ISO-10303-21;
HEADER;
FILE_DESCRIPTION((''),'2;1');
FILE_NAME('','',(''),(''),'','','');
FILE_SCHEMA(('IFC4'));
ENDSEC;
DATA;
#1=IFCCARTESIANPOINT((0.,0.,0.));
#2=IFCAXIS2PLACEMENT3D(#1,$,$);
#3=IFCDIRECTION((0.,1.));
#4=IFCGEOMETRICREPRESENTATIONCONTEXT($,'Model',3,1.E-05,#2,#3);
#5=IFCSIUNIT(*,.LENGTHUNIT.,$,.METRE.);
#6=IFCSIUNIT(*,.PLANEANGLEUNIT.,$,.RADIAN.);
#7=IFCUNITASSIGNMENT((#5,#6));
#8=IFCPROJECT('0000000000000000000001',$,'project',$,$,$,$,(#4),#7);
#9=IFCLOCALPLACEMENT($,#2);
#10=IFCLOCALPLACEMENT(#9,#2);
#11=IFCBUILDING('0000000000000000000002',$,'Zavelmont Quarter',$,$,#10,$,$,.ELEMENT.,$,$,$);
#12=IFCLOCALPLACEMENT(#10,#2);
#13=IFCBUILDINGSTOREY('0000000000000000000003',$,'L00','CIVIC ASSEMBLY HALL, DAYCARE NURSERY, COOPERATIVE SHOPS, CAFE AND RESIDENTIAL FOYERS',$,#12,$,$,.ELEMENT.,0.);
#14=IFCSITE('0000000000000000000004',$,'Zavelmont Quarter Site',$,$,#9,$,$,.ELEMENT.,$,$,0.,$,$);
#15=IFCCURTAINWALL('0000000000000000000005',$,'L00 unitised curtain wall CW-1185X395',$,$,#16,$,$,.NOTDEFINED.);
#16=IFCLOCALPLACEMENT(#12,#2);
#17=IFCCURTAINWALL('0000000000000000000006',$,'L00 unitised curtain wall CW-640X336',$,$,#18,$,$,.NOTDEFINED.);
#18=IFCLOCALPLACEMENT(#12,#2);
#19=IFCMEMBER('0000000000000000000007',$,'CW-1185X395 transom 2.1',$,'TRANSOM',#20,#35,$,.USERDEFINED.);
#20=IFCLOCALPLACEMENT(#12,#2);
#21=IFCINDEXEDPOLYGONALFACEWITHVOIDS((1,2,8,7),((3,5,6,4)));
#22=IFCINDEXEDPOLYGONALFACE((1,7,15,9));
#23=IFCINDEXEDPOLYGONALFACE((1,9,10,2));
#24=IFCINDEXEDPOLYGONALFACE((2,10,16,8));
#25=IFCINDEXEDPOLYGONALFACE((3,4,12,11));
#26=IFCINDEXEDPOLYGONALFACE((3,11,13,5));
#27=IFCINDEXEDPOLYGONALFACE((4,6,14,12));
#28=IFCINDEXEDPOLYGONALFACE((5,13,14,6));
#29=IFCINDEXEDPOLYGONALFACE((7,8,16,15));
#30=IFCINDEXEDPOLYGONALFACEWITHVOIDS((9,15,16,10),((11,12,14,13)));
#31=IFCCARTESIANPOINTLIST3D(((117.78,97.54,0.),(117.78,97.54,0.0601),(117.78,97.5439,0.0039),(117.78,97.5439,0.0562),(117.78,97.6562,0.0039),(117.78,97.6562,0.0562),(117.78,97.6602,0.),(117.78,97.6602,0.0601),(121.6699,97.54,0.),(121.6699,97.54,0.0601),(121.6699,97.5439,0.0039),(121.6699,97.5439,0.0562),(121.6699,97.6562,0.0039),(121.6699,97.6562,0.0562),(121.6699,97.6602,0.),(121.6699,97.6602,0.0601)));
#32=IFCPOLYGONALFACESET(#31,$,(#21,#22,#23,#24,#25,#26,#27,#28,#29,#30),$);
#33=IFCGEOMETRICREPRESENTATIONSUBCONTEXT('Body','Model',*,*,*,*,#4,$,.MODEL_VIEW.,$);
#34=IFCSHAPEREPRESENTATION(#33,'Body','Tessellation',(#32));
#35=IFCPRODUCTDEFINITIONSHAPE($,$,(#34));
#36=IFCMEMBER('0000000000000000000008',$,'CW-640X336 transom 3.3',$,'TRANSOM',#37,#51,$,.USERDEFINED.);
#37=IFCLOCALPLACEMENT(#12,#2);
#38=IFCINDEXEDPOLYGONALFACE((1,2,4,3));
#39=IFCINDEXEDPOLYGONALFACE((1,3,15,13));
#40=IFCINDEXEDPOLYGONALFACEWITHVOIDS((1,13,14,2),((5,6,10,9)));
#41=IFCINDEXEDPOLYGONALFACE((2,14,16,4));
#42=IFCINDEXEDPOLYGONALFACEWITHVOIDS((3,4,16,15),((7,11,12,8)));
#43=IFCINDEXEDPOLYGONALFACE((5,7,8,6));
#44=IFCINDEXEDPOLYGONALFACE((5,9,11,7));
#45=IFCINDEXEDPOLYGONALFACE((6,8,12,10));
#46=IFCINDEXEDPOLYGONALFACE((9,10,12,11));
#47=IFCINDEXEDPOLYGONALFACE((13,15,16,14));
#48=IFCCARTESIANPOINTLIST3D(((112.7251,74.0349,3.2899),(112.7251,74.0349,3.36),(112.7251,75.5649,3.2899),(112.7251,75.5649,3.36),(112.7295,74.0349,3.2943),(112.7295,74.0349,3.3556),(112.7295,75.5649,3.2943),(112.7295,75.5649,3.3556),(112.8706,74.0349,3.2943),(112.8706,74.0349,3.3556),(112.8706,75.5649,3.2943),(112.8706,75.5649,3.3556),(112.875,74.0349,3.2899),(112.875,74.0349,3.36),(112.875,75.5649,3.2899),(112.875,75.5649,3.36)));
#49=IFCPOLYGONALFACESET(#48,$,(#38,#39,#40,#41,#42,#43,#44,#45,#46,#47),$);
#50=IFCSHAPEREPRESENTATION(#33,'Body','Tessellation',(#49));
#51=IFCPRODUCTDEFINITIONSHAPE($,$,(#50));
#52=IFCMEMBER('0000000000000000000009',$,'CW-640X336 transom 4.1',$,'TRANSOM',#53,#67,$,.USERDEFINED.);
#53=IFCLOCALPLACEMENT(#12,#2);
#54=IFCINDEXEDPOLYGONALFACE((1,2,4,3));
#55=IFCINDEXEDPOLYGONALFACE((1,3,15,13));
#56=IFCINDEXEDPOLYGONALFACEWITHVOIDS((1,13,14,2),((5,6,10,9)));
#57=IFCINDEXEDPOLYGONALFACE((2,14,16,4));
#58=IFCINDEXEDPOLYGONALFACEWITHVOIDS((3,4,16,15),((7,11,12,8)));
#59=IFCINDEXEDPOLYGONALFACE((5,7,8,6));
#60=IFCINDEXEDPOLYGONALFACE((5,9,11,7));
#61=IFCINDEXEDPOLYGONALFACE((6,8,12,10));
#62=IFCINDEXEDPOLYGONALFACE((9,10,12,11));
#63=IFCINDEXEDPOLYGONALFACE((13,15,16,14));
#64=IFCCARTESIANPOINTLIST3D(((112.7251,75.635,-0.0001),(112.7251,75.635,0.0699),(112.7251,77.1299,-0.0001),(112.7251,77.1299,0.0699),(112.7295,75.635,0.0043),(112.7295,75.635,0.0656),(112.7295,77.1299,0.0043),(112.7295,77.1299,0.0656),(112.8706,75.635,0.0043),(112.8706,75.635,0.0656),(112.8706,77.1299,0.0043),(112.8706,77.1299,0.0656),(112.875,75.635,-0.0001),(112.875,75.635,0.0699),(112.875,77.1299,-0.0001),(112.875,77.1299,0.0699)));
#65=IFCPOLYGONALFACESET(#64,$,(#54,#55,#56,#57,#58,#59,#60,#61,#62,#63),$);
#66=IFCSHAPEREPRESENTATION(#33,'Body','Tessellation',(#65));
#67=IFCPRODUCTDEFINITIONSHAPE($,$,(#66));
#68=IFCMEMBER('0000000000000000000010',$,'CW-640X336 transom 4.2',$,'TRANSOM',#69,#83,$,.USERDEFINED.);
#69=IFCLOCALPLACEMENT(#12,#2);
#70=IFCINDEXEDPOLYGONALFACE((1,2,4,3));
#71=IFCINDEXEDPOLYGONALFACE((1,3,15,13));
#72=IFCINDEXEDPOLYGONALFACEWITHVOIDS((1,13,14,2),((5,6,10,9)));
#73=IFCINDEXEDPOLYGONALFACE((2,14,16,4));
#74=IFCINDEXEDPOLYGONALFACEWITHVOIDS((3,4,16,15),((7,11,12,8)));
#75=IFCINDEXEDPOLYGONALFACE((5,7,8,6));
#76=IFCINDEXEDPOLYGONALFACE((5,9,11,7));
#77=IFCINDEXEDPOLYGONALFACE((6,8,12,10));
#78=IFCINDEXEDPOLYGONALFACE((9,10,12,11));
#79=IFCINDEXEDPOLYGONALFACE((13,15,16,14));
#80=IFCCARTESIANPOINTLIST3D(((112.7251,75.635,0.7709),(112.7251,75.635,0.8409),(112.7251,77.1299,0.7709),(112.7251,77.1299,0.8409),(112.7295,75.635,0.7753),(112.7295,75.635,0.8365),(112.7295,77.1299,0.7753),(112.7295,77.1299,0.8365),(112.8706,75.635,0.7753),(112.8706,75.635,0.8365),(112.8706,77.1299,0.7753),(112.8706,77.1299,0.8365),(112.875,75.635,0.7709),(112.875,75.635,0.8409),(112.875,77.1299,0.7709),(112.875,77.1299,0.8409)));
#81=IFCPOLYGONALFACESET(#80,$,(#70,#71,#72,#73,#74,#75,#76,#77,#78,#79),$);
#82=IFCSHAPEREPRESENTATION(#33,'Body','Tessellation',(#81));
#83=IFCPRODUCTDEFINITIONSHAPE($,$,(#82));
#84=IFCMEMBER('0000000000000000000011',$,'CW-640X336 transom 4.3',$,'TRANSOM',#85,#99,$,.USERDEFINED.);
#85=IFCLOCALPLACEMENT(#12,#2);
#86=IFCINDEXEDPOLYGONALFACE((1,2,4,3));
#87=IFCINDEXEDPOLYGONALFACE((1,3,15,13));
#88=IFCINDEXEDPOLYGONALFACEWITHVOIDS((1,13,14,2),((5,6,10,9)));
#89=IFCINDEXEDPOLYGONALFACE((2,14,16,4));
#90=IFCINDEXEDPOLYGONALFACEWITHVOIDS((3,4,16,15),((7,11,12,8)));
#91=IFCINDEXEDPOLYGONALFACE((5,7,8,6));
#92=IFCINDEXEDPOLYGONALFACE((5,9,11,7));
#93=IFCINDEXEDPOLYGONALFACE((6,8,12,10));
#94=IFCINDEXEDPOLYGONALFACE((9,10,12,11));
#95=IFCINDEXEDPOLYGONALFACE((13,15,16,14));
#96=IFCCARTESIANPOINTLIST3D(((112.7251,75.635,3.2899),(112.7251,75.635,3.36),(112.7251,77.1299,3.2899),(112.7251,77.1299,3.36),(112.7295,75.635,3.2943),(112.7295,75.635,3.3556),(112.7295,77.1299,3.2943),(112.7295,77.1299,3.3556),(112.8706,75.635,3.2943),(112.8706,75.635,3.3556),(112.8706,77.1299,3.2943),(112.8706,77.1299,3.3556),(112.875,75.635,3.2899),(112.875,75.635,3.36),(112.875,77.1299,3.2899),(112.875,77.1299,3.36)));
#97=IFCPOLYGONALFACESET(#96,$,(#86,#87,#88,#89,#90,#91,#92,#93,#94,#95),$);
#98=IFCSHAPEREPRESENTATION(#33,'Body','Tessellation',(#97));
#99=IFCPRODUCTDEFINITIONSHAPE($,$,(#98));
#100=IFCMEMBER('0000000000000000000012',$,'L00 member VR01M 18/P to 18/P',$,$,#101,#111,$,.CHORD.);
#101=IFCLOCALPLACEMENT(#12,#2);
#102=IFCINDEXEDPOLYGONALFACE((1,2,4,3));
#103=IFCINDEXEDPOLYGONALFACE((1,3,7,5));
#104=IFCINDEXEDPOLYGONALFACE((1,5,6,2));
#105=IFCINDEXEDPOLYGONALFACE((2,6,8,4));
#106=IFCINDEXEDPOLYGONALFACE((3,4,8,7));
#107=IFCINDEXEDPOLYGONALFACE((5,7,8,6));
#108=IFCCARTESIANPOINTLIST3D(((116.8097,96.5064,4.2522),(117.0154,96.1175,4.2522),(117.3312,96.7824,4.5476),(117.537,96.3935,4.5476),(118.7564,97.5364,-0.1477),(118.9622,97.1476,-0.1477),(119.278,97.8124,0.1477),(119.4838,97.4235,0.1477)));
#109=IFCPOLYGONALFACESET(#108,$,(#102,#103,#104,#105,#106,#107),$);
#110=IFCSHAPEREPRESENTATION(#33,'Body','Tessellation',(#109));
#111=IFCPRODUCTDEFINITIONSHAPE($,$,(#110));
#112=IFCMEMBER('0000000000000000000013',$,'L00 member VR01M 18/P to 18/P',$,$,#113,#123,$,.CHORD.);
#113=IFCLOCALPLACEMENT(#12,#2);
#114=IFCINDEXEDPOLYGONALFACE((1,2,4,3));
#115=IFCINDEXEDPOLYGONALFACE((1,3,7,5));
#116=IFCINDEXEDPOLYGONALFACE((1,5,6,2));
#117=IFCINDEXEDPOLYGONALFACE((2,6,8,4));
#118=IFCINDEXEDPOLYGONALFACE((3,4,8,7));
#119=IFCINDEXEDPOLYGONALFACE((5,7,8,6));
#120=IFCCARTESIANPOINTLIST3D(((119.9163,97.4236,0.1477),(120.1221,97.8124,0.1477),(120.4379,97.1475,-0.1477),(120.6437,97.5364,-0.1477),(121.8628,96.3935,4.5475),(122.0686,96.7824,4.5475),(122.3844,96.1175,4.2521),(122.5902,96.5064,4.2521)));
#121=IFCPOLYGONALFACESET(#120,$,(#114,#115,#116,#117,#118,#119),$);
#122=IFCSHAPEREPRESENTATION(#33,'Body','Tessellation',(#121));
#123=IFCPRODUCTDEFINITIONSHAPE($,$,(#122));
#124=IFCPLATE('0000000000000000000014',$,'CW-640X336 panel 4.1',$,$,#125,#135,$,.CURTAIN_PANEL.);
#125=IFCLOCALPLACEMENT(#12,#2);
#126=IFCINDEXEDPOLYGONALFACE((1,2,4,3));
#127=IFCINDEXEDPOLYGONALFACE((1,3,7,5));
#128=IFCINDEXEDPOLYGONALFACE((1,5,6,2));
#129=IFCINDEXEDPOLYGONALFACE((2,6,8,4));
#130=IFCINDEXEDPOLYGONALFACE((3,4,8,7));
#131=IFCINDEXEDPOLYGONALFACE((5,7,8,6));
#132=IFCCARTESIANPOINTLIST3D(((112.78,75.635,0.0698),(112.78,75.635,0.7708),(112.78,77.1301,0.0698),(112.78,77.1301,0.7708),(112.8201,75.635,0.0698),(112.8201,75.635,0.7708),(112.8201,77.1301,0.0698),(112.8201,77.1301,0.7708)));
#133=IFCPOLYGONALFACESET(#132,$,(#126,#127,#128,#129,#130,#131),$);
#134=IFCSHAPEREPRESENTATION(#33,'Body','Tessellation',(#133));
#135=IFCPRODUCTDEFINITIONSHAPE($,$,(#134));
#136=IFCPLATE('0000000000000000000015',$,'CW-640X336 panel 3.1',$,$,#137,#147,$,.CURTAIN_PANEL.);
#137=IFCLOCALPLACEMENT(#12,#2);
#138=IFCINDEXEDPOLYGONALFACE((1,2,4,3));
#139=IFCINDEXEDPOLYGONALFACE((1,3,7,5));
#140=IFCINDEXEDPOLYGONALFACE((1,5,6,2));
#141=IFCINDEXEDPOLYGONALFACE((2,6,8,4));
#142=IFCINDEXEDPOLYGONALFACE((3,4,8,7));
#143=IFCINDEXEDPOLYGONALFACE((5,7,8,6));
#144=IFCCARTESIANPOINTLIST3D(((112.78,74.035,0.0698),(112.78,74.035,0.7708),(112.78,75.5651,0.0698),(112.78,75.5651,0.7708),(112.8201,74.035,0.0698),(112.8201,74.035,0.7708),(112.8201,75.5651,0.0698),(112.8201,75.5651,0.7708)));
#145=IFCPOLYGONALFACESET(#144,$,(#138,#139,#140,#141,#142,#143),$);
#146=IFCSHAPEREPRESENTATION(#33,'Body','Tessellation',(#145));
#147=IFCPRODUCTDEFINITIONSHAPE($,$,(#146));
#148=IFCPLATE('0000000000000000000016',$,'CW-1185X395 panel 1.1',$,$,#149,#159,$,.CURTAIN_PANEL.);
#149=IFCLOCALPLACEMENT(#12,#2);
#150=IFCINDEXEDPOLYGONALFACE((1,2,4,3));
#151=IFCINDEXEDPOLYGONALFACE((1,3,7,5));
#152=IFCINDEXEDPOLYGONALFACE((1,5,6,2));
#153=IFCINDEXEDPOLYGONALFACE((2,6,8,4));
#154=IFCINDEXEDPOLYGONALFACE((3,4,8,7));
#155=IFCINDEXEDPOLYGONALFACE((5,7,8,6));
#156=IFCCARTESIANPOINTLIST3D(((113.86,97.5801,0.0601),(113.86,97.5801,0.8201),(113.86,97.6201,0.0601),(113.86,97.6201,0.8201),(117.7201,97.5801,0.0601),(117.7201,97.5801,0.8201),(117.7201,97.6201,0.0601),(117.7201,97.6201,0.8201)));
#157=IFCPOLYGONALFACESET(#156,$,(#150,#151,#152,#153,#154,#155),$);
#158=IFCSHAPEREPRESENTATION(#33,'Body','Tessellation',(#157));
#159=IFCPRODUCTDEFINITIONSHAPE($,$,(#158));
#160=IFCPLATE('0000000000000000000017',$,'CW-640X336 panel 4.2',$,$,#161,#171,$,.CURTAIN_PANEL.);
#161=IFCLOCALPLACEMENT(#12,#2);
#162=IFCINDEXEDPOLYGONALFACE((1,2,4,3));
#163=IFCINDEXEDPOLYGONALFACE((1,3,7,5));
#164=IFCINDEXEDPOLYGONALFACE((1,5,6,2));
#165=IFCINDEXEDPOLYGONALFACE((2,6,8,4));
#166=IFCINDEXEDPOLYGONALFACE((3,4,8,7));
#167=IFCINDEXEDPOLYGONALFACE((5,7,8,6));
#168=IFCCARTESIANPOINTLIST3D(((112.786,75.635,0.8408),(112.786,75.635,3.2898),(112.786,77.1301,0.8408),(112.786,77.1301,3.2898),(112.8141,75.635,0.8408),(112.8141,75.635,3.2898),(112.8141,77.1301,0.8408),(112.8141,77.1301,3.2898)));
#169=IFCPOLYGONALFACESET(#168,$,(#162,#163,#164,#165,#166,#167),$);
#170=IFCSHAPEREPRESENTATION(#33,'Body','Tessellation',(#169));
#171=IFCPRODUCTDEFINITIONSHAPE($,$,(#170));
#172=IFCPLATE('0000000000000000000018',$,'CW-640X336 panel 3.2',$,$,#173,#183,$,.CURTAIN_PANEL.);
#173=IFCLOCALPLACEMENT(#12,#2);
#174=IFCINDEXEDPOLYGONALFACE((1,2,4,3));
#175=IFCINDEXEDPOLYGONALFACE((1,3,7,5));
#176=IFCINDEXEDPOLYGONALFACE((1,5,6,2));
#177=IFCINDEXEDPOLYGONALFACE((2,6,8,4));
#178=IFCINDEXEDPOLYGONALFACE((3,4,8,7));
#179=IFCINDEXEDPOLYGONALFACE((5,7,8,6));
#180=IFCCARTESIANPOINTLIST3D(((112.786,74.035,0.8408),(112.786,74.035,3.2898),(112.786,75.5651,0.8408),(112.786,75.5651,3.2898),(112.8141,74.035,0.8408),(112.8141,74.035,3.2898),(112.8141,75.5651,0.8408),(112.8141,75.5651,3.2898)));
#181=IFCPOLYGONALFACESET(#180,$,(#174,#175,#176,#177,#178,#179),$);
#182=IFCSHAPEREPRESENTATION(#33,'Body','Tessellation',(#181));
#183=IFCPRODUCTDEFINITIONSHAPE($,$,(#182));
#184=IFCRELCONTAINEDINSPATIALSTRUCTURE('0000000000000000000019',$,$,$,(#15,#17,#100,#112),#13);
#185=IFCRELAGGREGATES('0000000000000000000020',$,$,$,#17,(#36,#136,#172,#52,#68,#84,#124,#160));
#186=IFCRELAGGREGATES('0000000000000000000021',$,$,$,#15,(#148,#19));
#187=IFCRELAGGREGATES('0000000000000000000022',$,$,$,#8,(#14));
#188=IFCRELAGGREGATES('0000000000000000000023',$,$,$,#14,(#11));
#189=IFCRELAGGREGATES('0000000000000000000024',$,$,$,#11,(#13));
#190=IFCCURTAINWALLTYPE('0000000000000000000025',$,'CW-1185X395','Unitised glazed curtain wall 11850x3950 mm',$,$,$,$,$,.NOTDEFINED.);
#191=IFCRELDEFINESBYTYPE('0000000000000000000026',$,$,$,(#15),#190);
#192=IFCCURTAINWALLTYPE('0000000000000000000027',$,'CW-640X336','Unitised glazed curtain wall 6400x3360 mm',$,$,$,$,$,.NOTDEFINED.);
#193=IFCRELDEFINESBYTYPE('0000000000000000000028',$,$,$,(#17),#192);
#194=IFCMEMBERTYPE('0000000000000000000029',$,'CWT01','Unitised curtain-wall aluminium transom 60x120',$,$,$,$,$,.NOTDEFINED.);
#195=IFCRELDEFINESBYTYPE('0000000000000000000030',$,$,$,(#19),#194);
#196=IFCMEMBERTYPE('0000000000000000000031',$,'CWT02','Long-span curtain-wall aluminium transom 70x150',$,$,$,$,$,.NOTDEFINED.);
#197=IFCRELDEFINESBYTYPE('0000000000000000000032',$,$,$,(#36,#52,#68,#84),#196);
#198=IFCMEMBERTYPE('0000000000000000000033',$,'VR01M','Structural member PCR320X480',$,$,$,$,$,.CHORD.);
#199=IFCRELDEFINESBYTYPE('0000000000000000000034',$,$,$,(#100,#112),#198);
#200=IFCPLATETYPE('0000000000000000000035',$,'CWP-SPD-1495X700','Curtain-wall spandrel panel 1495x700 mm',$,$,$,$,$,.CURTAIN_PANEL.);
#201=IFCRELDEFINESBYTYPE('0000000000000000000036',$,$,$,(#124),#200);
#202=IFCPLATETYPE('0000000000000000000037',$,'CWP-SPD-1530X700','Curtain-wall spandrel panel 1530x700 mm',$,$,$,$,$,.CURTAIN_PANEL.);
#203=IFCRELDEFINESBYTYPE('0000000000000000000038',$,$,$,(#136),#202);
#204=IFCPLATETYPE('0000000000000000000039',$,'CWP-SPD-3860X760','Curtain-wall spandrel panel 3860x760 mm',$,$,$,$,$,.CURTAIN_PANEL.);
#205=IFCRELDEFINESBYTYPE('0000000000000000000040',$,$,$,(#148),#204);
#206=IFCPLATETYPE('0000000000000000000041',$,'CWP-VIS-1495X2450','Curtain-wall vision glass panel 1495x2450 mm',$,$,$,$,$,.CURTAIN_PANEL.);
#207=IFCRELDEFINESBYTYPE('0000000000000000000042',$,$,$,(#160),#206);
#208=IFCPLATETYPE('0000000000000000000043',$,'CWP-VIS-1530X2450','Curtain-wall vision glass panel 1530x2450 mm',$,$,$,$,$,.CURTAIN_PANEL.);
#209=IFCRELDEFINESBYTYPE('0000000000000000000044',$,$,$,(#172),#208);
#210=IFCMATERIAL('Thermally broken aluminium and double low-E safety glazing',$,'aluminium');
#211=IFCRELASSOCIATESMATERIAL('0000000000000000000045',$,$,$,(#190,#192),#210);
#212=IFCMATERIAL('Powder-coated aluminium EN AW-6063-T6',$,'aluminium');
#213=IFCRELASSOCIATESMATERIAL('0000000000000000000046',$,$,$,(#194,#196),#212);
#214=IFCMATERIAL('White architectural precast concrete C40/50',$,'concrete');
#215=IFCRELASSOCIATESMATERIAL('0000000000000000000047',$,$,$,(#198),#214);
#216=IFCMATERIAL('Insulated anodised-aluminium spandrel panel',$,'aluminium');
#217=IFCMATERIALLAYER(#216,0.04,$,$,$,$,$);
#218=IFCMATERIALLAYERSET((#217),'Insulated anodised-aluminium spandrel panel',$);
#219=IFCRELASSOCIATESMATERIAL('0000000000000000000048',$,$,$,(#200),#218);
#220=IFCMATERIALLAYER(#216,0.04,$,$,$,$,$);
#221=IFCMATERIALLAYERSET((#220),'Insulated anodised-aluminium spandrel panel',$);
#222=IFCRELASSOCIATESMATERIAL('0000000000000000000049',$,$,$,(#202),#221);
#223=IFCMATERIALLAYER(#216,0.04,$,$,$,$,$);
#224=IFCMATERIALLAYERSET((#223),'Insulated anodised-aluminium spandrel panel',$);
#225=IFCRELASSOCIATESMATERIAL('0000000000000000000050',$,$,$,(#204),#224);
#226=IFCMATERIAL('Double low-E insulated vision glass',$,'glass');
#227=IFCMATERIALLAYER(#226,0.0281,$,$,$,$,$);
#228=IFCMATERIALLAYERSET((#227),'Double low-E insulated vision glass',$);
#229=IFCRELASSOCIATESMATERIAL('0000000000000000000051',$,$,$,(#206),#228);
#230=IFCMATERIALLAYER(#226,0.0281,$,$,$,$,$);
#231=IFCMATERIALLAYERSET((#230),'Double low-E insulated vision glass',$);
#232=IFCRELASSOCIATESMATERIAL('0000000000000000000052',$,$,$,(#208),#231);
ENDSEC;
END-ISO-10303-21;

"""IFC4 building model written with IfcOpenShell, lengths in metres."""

from ifc_helpers import new_model, si_unit, direction, frame, origin, origin_2d, place, context, subcontext, project, spatial, rectangle, hollow_rectangle, extrude, material, layer, layer_set, material_profile, profile_set, type_object, element, aggregate, save


model = new_model("IFC4")

# Units and contexts
model_context = context("Model", 3, precision=1e-05, world=origin(), true_north=direction((0.0, 1.0)))
body_context = subcontext(model_context, "Body", "Model", "MODEL_VIEW")
ifc_project = project(units=[si_unit("LENGTHUNIT", "METRE"), si_unit("PLANEANGLEUNIT", "RADIAN")], contexts=[model_context])

# Site, building, storey
site_placement = place(None, origin())
site = spatial("IfcSite", under=ifc_project, at=site_placement, Name="Zavelmont Quarter Site", CompositionType="ELEMENT", RefElevation=0.0)
building_placement = place(site_placement, origin())
building = spatial("IfcBuilding", under=site, at=building_placement, Name="Zavelmont Quarter", CompositionType="ELEMENT")
storey_placement = place(building_placement, origin())
storey = spatial("IfcBuildingStorey", under=building, at=storey_placement, Name="L00", Description="CIVIC ASSEMBLY HALL, DAYCARE NURSERY, COOPERATIVE SHOPS, CAFE AND RESIDENTIAL FOYERS", CompositionType="ELEMENT", Elevation=0.0)

# Curtain walls
ifc_material_1 = material(Name="Thermally broken aluminium and double low-E safety glazing", Category="aluminium")
curtain_wall_type_1 = type_object("IfcCurtainWallType", Name="CW-1185X395", Description="Unitised glazed curtain wall 11850x3950 mm", PredefinedType="NOTDEFINED", material=ifc_material_1)
curtain_wall_1_placement = place(storey_placement, origin())
curtain_wall_1 = element("IfcCurtainWall", 1, at=curtain_wall_1_placement, inside=storey, type_object=curtain_wall_type_1, Name="L00 unitised curtain wall CW-1185X395", PredefinedType="NOTDEFINED")
ifc_material_2 = material(Name="Powder-coated aluminium EN AW-6063-T6", Category="aluminium")
curtain_wall_type_2 = type_object("IfcCurtainWallType", Name="CW-640X336", Description="Unitised glazed curtain wall 6400x3360 mm", PredefinedType="NOTDEFINED", material=ifc_material_1)
curtain_wall_2_placement = place(storey_placement, origin())
curtain_wall_2 = element("IfcCurtainWall", 2, at=curtain_wall_2_placement, inside=storey, type_object=curtain_wall_type_2, Name="L00 unitised curtain wall CW-640X336", PredefinedType="NOTDEFINED")

# Members
ifc_material_profile_1 = material_profile(ifc_material_2, hollow_rectangle(XDim=0.1201, YDim=0.0601, WallThickness=0.0039, at=origin_2d()), Name="CWT60X120")
ifc_profile_set_1 = profile_set([ifc_material_profile_1], Name="Powder-coated aluminium EN AW-6063-T6")
member_type_1 = type_object("IfcMemberType", Name="CWT01", Description="Unitised curtain-wall aluminium transom 60x120", PredefinedType="NOTDEFINED", material=ifc_profile_set_1)
member_1_placement = place(storey_placement, frame((117.78, 97.6001, 0.03), z_axis=(1.0, 0.0, 0.0), x_axis=(0.0, 1.0, 0.0)))
member_1 = element("IfcMember", 3, at=member_1_placement, type_object=member_type_1, Name="CW-1185X395 transom 2.1", ObjectType="TRANSOM", PredefinedType="USERDEFINED", context=body_context, shape_type="SweptSolid", body=[
    extrude(hollow_rectangle(XDim=0.1201, YDim=0.0601, WallThickness=0.0039, at=origin_2d()), origin(), (0.0, 0.0, 1.0), 3.8899),
])
ifc_material_profile_2 = material_profile(ifc_material_2, hollow_rectangle(XDim=0.1499, YDim=0.0701, WallThickness=0.0044, at=origin_2d()), Name="CWT70X150")
ifc_profile_set_2 = profile_set([ifc_material_profile_2], Name="Powder-coated aluminium EN AW-6063-T6")
member_type_2 = type_object("IfcMemberType", Name="CWT02", Description="Long-span curtain-wall aluminium transom 70x150", PredefinedType="NOTDEFINED", material=ifc_profile_set_2)
member_2_placement = place(storey_placement, frame((112.8, 74.0349, 3.325), z_axis=(0.0, 1.0, 0.0), x_axis=(-1.0, 0.0, 0.0)))
member_2 = element("IfcMember", 4, at=member_2_placement, type_object=member_type_2, Name="CW-640X336 transom 3.3", ObjectType="TRANSOM", PredefinedType="USERDEFINED", context=body_context, shape_type="SweptSolid", body=[
    extrude(hollow_rectangle(XDim=0.1499, YDim=0.0701, WallThickness=0.0044, at=origin_2d()), origin(), (0.0, 0.0, 1.0), 1.53),
])
member_3_placement = place(storey_placement, frame((112.8, 75.635, 0.0349), z_axis=(0.0, 1.0, 0.0), x_axis=(-1.0, 0.0, 0.0)))
member_3 = element("IfcMember", 5, at=member_3_placement, type_object=member_type_2, Name="CW-640X336 transom 4.1", ObjectType="TRANSOM", PredefinedType="USERDEFINED", context=body_context, shape_type="SweptSolid", body=[
    extrude(hollow_rectangle(XDim=0.1499, YDim=0.0701, WallThickness=0.0044, at=origin_2d()), origin(), (0.0, 0.0, 1.0), 1.4949),
])
member_4_placement = place(storey_placement, frame((112.8, 75.635, 0.8059), z_axis=(0.0, 1.0, 0.0), x_axis=(-1.0, 0.0, 0.0)))
member_4 = element("IfcMember", 6, at=member_4_placement, type_object=member_type_2, Name="CW-640X336 transom 4.2", ObjectType="TRANSOM", PredefinedType="USERDEFINED", context=body_context, shape_type="SweptSolid", body=[
    extrude(hollow_rectangle(XDim=0.1499, YDim=0.0701, WallThickness=0.0044, at=origin_2d()), origin(), (0.0, 0.0, 1.0), 1.4949),
])
member_5_placement = place(storey_placement, frame((112.8, 75.635, 3.325), z_axis=(0.0, 1.0, 0.0), x_axis=(-1.0, 0.0, 0.0)))
member_5 = element("IfcMember", 7, at=member_5_placement, type_object=member_type_2, Name="CW-640X336 transom 4.3", ObjectType="TRANSOM", PredefinedType="USERDEFINED", context=body_context, shape_type="SweptSolid", body=[
    extrude(hollow_rectangle(XDim=0.1499, YDim=0.0701, WallThickness=0.0044, at=origin_2d()), origin(), (0.0, 0.0, 1.0), 1.4949),
])

# Members
ifc_material_3 = material(Name="White architectural precast concrete C40/50", Category="concrete")
ifc_material_profile_3 = material_profile(ifc_material_3, rectangle(XDim=0.4399, YDim=0.6599, at=origin_2d()), Name="PCR320X480")
ifc_profile_set_3 = profile_set([ifc_material_profile_3], Name="White architectural precast concrete C40/50")
member_type_3 = type_object("IfcMemberType", Name="VR01M", Description="Structural member PCR320X480", PredefinedType="CHORD", material=ifc_profile_set_3)
member_6_placement = place(storey_placement, frame((119.1201, 97.48, 0.0), z_axis=(-0.395657, -0.20934, 0.894222), x_axis=(0.467669, -0.883904, 0.0)))
element("IfcMember", 8, at=member_6_placement, inside=storey, type_object=member_type_3, Name="L00 member VR01M 18/P to 18/P", PredefinedType="CHORD", context=body_context, shape_type="SweptSolid", body=[
    extrude(rectangle(XDim=0.4399, YDim=0.6599, at=origin_2d()), origin(), (0.0, 0.0, 1.0), 4.9204),
])
member_7_placement = place(storey_placement, frame((120.28, 97.48, 0.0), z_axis=(0.395615, -0.209344, 0.894239), x_axis=(0.467715, 0.88388, 0.0)))
element("IfcMember", 9, at=member_7_placement, inside=storey, type_object=member_type_3, Name="L00 member VR01M 18/P to 18/P", PredefinedType="CHORD", context=body_context, shape_type="SweptSolid", body=[
    extrude(rectangle(XDim=0.4399, YDim=0.6599, at=origin_2d()), origin(), (0.0, 0.0, 1.0), 4.9202),
])

# Plates
ifc_material_4 = material(Name="Insulated anodised-aluminium spandrel panel", Category="aluminium")
ifc_layer_1 = layer(ifc_material_4, 0.04)
ifc_layer_set_1 = layer_set([ifc_layer_1], Name="Insulated anodised-aluminium spandrel panel")
plate_type_1 = type_object("IfcPlateType", Name="CWP-SPD-1495X700", Description="Curtain-wall spandrel panel 1495x700 mm", PredefinedType="CURTAIN_PANEL", material=ifc_layer_set_1)
plate_1_placement = place(storey_placement, frame((112.8, 76.3826, 0.0698), z_axis=(0.0, 0.0, 1.0), x_axis=(0.0, 1.0, 0.0)))
plate_1 = element("IfcPlate", 10, at=plate_1_placement, type_object=plate_type_1, Name="CW-640X336 panel 4.1", PredefinedType="CURTAIN_PANEL", context=body_context, shape_type="SweptSolid", body=[
    extrude(rectangle(XDim=1.4951, YDim=0.04, at=origin_2d()), origin(), (0.0, 0.0, 1.0), 0.7009),
])
ifc_layer_2 = layer(ifc_material_4, 0.04)
ifc_layer_set_2 = layer_set([ifc_layer_2], Name="Insulated anodised-aluminium spandrel panel")
plate_type_2 = type_object("IfcPlateType", Name="CWP-SPD-1530X700", Description="Curtain-wall spandrel panel 1530x700 mm", PredefinedType="CURTAIN_PANEL", material=ifc_layer_set_2)
plate_2_placement = place(storey_placement, frame((112.8, 74.8, 0.0698), z_axis=(0.0, 0.0, 1.0), x_axis=(0.0, 1.0, 0.0)))
plate_2 = element("IfcPlate", 11, at=plate_2_placement, type_object=plate_type_2, Name="CW-640X336 panel 3.1", PredefinedType="CURTAIN_PANEL", context=body_context, shape_type="SweptSolid", body=[
    extrude(rectangle(XDim=1.53, YDim=0.04, at=origin_2d()), origin(), (0.0, 0.0, 1.0), 0.7009),
])
ifc_layer_3 = layer(ifc_material_4, 0.04)
ifc_layer_set_3 = layer_set([ifc_layer_3], Name="Insulated anodised-aluminium spandrel panel")
plate_type_3 = type_object("IfcPlateType", Name="CWP-SPD-3860X760", Description="Curtain-wall spandrel panel 3860x760 mm", PredefinedType="CURTAIN_PANEL", material=ifc_layer_set_3)
plate_3_placement = place(storey_placement, frame((115.79, 97.6001, 0.0601), z_axis=(0.0, 0.0, 1.0), x_axis=(1.0, 0.0, 0.0)))
plate_3 = element("IfcPlate", 12, at=plate_3_placement, type_object=plate_type_3, Name="CW-1185X395 panel 1.1", PredefinedType="CURTAIN_PANEL", context=body_context, shape_type="SweptSolid", body=[
    extrude(rectangle(XDim=3.8601, YDim=0.04, at=origin_2d()), origin(), (0.0, 0.0, 1.0), 0.76),
])
ifc_material_5 = material(Name="Double low-E insulated vision glass", Category="glass")
ifc_layer_4 = layer(ifc_material_5, 0.0281)
ifc_layer_set_4 = layer_set([ifc_layer_4], Name="Double low-E insulated vision glass")
plate_type_4 = type_object("IfcPlateType", Name="CWP-VIS-1495X2450", Description="Curtain-wall vision glass panel 1495x2450 mm", PredefinedType="CURTAIN_PANEL", material=ifc_layer_set_4)
plate_4_placement = place(storey_placement, frame((112.8, 76.3826, 0.8408), z_axis=(0.0, 0.0, 1.0), x_axis=(0.0, 1.0, 0.0)))
plate_4 = element("IfcPlate", 13, at=plate_4_placement, type_object=plate_type_4, Name="CW-640X336 panel 4.2", PredefinedType="CURTAIN_PANEL", context=body_context, shape_type="SweptSolid", body=[
    extrude(rectangle(XDim=1.4951, YDim=0.0281, at=origin_2d()), origin(), (0.0, 0.0, 1.0), 2.449),
])
ifc_layer_5 = layer(ifc_material_5, 0.0281)
ifc_layer_set_5 = layer_set([ifc_layer_5], Name="Double low-E insulated vision glass")
plate_type_5 = type_object("IfcPlateType", Name="CWP-VIS-1530X2450", Description="Curtain-wall vision glass panel 1530x2450 mm", PredefinedType="CURTAIN_PANEL", material=ifc_layer_set_5)
plate_5_placement = place(storey_placement, frame((112.8, 74.8, 0.8408), z_axis=(0.0, 0.0, 1.0), x_axis=(0.0, 1.0, 0.0)))
plate_5 = element("IfcPlate", 14, at=plate_5_placement, type_object=plate_type_5, Name="CW-640X336 panel 3.2", PredefinedType="CURTAIN_PANEL", context=body_context, shape_type="SweptSolid", body=[
    extrude(rectangle(XDim=1.53, YDim=0.0281, at=origin_2d()), origin(), (0.0, 0.0, 1.0), 2.449),
])
aggregate(curtain_wall_2, [member_2, plate_2, plate_5, member_3, member_4, member_5, plate_1, plate_4])
aggregate(curtain_wall_1, [plate_3, member_1])

save(model, "model.ifc")
